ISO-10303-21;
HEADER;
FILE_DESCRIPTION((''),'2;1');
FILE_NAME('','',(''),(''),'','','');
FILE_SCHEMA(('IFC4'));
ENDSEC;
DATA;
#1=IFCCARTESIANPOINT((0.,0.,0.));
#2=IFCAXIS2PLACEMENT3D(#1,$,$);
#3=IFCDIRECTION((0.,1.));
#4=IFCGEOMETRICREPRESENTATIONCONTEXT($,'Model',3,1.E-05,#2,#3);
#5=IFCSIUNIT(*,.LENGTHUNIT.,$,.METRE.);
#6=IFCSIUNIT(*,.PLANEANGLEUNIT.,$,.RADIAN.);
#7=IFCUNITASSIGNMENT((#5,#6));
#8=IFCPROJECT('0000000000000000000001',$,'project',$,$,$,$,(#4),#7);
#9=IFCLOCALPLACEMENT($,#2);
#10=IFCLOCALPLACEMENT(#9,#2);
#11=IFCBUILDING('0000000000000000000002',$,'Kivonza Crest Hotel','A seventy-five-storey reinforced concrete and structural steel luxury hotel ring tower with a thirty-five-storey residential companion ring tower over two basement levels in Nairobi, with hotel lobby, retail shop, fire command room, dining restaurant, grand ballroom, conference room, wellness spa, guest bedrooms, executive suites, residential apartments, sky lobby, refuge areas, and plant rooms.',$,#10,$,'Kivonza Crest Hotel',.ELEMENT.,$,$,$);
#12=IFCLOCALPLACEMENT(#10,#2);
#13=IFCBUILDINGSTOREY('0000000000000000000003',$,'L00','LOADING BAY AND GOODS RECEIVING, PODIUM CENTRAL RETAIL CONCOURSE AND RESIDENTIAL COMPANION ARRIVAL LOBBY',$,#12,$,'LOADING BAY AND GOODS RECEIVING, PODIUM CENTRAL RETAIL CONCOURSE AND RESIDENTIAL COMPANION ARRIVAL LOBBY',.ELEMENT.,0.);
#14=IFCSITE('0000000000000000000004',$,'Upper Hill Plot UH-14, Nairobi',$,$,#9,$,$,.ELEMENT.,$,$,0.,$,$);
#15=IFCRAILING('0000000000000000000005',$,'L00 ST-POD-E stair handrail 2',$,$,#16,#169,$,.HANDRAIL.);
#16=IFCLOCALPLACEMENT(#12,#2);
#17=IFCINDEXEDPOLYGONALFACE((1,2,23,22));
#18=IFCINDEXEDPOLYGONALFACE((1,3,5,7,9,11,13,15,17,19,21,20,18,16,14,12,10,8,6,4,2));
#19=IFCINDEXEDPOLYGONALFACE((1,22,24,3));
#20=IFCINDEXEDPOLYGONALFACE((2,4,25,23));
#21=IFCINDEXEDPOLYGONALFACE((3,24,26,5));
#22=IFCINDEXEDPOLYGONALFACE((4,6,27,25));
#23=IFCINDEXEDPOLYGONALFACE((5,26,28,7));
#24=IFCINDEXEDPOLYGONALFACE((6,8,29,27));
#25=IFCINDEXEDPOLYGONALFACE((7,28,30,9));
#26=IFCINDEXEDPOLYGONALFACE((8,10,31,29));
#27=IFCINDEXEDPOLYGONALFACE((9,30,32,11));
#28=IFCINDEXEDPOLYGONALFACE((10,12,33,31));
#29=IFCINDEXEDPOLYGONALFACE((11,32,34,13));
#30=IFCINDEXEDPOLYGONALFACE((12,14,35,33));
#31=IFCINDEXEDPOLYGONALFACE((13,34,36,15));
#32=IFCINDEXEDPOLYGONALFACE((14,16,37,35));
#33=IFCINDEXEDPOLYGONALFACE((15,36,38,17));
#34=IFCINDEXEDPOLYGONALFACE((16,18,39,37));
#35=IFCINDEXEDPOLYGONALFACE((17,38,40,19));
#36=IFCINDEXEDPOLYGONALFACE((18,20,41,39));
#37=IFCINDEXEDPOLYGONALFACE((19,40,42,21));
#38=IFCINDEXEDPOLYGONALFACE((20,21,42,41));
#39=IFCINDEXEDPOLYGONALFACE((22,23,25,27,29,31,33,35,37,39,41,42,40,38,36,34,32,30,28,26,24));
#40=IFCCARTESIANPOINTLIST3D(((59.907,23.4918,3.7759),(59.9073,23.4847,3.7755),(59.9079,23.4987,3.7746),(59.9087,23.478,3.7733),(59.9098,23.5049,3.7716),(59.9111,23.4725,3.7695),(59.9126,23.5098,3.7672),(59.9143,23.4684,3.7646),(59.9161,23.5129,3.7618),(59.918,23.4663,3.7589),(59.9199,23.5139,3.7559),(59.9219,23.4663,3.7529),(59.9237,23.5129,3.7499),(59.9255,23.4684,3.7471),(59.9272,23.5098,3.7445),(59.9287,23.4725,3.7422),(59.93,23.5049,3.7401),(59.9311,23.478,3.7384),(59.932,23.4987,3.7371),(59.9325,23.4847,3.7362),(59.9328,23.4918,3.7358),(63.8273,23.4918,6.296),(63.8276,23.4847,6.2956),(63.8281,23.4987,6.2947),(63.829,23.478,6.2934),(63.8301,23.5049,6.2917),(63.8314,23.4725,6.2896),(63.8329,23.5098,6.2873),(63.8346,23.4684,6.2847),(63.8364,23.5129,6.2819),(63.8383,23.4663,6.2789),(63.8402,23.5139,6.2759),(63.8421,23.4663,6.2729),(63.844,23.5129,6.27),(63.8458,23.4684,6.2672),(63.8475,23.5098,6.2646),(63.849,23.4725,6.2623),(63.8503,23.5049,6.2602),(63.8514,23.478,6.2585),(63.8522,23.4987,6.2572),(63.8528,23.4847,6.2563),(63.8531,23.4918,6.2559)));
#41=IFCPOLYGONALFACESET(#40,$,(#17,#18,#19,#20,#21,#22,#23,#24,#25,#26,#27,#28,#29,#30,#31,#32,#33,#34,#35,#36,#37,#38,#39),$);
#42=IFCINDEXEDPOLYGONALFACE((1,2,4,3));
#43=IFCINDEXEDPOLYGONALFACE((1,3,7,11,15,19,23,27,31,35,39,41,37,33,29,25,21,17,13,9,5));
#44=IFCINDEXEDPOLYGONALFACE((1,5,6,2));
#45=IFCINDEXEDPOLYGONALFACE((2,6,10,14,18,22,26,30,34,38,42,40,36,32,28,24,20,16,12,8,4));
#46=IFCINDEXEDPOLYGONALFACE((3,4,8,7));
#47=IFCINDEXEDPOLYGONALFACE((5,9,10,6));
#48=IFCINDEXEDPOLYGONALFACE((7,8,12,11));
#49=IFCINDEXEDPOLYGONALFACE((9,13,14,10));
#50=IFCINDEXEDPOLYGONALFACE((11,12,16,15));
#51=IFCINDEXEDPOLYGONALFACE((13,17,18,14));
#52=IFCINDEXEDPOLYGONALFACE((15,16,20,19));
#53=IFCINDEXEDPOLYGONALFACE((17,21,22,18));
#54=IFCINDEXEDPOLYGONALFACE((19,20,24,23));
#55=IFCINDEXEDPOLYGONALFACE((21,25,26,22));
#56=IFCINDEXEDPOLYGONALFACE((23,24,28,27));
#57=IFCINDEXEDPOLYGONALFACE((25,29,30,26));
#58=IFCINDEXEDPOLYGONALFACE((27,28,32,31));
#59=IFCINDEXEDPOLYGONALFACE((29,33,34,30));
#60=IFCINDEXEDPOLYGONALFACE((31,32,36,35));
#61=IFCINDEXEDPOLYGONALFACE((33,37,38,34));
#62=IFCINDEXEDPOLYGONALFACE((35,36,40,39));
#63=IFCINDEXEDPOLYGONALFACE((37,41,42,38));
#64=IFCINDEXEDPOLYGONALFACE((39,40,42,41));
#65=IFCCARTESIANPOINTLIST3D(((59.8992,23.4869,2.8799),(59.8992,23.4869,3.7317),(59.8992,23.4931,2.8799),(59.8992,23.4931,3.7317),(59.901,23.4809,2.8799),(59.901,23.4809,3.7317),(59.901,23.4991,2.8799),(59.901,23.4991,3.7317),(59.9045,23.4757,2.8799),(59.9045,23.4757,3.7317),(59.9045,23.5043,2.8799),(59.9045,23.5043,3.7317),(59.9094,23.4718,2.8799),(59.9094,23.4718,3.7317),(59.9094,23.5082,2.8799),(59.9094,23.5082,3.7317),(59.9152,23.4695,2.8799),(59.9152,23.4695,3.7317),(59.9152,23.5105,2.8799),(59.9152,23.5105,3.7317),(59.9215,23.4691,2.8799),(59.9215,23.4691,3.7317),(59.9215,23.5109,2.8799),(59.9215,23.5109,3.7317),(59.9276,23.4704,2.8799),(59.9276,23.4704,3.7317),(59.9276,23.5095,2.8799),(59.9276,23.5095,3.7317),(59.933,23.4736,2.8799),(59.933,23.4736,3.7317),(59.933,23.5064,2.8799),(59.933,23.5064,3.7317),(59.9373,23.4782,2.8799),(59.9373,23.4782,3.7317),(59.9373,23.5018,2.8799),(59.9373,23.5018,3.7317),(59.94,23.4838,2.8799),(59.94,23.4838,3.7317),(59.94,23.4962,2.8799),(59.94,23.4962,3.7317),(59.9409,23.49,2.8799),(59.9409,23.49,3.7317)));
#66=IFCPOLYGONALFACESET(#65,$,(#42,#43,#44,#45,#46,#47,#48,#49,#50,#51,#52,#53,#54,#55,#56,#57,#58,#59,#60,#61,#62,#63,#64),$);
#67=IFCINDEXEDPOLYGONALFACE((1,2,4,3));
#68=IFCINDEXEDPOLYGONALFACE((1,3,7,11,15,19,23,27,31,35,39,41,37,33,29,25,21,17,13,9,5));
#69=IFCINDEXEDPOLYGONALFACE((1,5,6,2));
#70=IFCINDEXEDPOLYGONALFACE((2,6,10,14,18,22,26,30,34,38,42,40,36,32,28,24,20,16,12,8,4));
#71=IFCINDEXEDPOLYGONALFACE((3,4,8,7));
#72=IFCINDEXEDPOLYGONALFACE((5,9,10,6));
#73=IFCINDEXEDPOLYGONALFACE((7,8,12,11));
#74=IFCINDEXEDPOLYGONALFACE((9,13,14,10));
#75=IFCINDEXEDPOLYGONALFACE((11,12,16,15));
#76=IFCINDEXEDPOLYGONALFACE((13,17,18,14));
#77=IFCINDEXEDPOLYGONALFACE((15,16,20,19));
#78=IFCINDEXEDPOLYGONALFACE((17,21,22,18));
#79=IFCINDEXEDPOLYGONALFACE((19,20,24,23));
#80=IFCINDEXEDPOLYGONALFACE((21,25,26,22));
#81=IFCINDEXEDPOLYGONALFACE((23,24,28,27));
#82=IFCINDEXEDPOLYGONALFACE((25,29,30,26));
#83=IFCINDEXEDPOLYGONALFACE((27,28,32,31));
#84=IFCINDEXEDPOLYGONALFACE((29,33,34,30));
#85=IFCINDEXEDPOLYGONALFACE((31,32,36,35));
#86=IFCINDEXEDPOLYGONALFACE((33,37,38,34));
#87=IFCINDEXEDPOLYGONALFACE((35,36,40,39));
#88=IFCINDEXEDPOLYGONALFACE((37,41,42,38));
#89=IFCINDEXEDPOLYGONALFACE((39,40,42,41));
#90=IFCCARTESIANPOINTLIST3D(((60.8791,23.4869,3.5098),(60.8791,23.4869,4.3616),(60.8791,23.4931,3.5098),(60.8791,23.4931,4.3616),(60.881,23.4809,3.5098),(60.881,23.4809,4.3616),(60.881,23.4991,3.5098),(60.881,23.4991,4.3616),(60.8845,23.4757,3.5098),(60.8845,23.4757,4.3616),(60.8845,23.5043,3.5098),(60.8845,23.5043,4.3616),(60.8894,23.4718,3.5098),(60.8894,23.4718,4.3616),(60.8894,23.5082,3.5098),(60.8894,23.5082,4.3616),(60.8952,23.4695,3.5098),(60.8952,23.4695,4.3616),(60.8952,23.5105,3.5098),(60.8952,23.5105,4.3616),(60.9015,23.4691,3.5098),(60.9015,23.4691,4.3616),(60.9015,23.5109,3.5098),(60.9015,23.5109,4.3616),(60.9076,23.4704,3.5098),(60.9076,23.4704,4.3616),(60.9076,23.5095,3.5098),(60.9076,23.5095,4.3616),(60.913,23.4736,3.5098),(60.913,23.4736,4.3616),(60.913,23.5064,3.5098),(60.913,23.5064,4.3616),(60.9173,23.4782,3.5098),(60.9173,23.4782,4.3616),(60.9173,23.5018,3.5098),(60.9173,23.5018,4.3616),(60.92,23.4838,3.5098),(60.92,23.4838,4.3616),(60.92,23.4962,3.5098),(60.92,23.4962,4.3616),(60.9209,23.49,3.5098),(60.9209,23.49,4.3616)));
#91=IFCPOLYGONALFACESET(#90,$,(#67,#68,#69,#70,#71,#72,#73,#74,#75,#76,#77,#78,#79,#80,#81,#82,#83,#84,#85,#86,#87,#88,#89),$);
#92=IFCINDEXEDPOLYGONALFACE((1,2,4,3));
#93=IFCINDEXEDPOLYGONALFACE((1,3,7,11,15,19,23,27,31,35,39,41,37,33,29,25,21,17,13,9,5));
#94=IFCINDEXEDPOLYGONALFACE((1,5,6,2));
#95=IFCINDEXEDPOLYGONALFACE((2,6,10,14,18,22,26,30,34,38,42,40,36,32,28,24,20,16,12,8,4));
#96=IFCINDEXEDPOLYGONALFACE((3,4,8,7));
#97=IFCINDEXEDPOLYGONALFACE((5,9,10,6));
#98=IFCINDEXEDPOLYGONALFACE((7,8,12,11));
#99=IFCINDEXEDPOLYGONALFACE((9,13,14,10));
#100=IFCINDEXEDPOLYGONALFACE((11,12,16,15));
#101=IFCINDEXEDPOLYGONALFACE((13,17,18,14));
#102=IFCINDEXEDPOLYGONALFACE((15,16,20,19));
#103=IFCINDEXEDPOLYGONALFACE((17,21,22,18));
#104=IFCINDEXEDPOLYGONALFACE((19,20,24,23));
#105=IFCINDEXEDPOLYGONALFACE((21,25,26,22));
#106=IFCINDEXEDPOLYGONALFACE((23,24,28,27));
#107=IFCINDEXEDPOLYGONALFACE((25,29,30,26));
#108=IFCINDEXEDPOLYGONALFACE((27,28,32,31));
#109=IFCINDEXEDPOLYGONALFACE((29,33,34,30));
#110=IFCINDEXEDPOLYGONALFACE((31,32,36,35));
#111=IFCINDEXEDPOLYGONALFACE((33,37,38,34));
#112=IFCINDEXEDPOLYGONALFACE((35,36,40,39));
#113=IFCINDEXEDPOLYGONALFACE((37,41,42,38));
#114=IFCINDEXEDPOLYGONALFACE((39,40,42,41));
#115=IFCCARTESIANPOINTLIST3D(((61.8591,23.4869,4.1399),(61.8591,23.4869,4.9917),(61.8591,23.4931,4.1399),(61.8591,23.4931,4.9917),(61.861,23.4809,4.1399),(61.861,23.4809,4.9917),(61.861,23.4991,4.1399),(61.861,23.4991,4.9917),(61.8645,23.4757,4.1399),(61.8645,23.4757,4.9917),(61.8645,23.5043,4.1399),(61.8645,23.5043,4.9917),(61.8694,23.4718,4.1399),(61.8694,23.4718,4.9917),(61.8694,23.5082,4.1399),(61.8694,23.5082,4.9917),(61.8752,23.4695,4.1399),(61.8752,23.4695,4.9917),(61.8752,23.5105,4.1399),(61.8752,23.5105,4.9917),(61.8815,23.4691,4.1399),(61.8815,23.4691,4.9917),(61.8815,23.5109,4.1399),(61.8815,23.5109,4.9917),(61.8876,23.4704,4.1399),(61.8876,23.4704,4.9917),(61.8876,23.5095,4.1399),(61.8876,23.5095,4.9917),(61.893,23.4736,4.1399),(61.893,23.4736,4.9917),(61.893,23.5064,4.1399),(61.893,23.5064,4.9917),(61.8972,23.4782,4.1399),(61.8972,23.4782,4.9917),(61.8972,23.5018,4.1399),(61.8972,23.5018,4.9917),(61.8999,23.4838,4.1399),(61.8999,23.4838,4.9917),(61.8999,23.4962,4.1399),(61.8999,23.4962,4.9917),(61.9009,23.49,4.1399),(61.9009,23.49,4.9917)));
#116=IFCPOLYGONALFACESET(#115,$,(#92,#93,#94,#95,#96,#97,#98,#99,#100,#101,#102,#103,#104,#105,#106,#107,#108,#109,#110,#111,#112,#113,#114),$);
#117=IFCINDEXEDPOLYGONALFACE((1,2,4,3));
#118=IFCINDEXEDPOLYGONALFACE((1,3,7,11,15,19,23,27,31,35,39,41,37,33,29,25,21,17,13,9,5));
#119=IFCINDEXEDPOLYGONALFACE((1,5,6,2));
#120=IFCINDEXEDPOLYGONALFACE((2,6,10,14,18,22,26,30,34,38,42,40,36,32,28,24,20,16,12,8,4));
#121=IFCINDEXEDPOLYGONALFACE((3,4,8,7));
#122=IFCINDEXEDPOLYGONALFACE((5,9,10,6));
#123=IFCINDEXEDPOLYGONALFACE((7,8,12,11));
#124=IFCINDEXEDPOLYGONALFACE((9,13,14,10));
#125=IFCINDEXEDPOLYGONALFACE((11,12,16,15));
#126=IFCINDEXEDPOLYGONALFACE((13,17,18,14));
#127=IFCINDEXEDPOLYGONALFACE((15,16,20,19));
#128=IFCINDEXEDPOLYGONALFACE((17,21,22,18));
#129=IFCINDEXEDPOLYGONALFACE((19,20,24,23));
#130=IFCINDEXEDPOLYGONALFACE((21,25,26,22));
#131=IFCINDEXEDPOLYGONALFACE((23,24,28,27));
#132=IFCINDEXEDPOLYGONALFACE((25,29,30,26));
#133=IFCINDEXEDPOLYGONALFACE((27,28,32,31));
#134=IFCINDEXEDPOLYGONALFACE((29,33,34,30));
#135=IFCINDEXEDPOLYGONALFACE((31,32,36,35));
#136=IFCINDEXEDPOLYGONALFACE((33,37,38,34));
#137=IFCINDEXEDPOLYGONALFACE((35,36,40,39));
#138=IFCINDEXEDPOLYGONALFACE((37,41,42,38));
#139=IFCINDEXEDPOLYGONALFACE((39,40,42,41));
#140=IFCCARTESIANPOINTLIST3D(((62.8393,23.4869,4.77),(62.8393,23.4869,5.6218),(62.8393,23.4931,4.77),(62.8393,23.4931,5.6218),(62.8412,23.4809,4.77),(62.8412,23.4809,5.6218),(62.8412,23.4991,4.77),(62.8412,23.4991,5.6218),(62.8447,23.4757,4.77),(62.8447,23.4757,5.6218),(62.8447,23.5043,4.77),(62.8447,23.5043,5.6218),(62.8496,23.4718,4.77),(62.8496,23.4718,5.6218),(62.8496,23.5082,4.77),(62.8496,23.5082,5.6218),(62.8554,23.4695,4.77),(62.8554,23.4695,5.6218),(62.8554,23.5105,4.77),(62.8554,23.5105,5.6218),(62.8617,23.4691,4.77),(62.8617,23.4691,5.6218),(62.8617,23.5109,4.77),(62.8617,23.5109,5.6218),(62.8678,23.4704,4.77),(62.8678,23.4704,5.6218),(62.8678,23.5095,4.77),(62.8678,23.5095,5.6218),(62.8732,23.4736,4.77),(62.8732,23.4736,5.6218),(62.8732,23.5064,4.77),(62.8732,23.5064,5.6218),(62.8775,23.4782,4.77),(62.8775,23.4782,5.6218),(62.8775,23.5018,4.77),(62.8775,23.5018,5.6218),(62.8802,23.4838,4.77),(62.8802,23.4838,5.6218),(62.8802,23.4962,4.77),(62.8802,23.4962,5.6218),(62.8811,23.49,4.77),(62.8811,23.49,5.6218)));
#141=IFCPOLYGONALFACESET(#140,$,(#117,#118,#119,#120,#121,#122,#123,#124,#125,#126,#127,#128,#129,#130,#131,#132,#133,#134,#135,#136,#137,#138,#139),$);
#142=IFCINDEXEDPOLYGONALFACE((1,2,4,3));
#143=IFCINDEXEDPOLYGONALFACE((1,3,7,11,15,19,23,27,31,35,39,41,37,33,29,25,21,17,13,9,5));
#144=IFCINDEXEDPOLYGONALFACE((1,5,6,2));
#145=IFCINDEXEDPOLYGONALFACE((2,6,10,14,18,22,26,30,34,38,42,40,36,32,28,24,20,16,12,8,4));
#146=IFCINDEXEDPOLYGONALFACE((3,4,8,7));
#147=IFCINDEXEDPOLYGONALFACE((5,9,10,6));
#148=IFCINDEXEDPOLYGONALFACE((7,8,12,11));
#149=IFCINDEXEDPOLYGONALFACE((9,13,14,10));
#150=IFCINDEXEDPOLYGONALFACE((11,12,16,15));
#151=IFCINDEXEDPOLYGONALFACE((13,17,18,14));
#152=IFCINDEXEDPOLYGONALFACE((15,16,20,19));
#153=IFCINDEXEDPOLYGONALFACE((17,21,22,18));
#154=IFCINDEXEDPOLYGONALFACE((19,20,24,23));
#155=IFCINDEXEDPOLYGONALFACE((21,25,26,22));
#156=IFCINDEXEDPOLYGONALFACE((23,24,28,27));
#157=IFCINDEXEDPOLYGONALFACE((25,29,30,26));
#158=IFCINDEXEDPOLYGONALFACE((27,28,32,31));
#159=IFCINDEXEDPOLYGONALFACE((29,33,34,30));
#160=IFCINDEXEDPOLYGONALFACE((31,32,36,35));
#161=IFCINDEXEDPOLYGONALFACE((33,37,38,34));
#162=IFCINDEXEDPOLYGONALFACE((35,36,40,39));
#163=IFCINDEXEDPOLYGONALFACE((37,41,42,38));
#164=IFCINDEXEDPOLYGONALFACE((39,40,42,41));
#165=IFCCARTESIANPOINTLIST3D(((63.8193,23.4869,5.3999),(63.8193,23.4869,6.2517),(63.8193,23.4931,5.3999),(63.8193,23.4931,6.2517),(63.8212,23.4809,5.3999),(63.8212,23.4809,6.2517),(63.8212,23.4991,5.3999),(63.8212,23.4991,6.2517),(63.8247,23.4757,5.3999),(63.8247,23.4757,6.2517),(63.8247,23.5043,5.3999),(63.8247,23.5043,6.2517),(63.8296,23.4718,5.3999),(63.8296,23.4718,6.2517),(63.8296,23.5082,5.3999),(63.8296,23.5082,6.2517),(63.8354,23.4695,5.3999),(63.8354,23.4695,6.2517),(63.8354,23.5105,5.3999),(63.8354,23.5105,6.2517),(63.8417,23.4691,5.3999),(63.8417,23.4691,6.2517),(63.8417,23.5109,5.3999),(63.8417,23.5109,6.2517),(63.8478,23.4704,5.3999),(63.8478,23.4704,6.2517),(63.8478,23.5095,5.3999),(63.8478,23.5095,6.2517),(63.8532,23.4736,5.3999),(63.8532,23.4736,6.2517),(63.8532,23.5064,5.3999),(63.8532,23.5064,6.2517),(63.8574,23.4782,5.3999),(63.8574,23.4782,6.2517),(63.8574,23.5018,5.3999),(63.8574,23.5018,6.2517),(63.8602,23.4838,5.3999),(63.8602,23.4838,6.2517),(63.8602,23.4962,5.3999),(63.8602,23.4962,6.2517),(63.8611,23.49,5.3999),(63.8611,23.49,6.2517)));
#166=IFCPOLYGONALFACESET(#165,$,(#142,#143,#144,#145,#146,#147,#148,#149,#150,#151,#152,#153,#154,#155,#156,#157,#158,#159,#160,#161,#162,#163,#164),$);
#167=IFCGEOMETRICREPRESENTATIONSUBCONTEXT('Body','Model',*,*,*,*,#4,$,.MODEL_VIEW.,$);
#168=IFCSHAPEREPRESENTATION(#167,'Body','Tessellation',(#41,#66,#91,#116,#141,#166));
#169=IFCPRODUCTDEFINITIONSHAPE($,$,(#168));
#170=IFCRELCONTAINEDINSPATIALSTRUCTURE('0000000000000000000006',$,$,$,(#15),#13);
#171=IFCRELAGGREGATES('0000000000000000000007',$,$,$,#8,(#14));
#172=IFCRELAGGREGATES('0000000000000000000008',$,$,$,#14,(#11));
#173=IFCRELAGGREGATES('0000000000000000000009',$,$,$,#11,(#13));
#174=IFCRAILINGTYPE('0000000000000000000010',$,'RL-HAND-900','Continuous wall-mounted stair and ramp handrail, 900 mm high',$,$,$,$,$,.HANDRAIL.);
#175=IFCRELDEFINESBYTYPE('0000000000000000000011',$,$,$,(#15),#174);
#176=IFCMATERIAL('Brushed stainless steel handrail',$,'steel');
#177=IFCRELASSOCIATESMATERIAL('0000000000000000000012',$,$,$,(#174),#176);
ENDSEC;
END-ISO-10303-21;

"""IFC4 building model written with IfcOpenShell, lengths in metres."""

from ifc_helpers import new_model, si_unit, direction, frame, origin, origin_2d, place, context, subcontext, project, spatial, circle, extrude, material, type_object, element, save


model = new_model("IFC4")

# Units and contexts
model_context = context("Model", 3, precision=1e-05, world=origin(), true_north=direction((0.0, 1.0)))
body_context = subcontext(model_context, "Body", "Model", "MODEL_VIEW")
ifc_project = project(units=[si_unit("LENGTHUNIT", "METRE"), si_unit("PLANEANGLEUNIT", "RADIAN")], contexts=[model_context])

# Site, building, storey
site_placement = place(None, origin())
site = spatial("IfcSite", under=ifc_project, at=site_placement, Name="Upper Hill Plot UH-14, Nairobi", CompositionType="ELEMENT", RefElevation=0.0)
building_placement = place(site_placement, origin())
building = spatial("IfcBuilding", under=site, at=building_placement, Name="Kivonza Crest Hotel", Description="A seventy-five-storey reinforced concrete and structural steel luxury hotel ring tower with a thirty-five-storey residential companion ring tower over two basement levels in Nairobi, with hotel lobby, retail shop, fire command room, dining restaurant, grand ballroom, conference room, wellness spa, guest bedrooms, executive suites, residential apartments, sky lobby, refuge areas, and plant rooms.", LongName="Kivonza Crest Hotel", CompositionType="ELEMENT")
storey_placement = place(building_placement, origin())
storey = spatial("IfcBuildingStorey", under=building, at=storey_placement, Name="L00", Description="LOADING BAY AND GOODS RECEIVING, PODIUM CENTRAL RETAIL CONCOURSE AND RESIDENTIAL COMPANION ARRIVAL LOBBY", LongName="LOADING BAY AND GOODS RECEIVING, PODIUM CENTRAL RETAIL CONCOURSE AND RESIDENTIAL COMPANION ARRIVAL LOBBY", CompositionType="ELEMENT", Elevation=0.0)

# Railing
ifc_material_1 = material(Name="Brushed stainless steel handrail", Category="steel")
railing_type_1 = type_object("IfcRailingType", Name="RL-HAND-900", Description="Continuous wall-mounted stair and ramp handrail, 900 mm high", PredefinedType="HANDRAIL", material=ifc_material_1)
railing_1_placement = place(storey_placement, frame((59.9199, 23.49, 2.8799)))
element("IfcRailing", 1, at=railing_1_placement, inside=storey, type_object=railing_type_1, Name="L00 ST-POD-E stair handrail 2", PredefinedType="HANDRAIL", context=body_context, shape_type="SweptSolid", body=[
    extrude(circle(Radius=0.0239, at=origin_2d()), frame((0.0, 0.0, 0.876), z_axis=(0.841187, 0.0, 0.540744), x_axis=(0.0, 1.0, 0.0)), (0.0, 0.0, 1.0), 4.6604),
    extrude(circle(Radius=0.021, at=origin_2d()), origin(), (0.0, 0.0, 1.0), 0.8518),
    extrude(circle(Radius=0.021, at=origin_2d()), frame((0.98, 0.0, 0.6299)), (0.0, 0.0, 1.0), 0.8518),
    extrude(circle(Radius=0.021, at=origin_2d()), frame((1.96, 0.0, 1.26)), (0.0, 0.0, 1.0), 0.8518),
    extrude(circle(Radius=0.021, at=origin_2d()), frame((2.9402, 0.0, 1.8901)), (0.0, 0.0, 1.0), 0.8518),
    extrude(circle(Radius=0.021, at=origin_2d()), frame((3.9202, 0.0, 2.52)), (0.0, 0.0, 1.0), 0.8518),
])

save(model, "model.ifc")
